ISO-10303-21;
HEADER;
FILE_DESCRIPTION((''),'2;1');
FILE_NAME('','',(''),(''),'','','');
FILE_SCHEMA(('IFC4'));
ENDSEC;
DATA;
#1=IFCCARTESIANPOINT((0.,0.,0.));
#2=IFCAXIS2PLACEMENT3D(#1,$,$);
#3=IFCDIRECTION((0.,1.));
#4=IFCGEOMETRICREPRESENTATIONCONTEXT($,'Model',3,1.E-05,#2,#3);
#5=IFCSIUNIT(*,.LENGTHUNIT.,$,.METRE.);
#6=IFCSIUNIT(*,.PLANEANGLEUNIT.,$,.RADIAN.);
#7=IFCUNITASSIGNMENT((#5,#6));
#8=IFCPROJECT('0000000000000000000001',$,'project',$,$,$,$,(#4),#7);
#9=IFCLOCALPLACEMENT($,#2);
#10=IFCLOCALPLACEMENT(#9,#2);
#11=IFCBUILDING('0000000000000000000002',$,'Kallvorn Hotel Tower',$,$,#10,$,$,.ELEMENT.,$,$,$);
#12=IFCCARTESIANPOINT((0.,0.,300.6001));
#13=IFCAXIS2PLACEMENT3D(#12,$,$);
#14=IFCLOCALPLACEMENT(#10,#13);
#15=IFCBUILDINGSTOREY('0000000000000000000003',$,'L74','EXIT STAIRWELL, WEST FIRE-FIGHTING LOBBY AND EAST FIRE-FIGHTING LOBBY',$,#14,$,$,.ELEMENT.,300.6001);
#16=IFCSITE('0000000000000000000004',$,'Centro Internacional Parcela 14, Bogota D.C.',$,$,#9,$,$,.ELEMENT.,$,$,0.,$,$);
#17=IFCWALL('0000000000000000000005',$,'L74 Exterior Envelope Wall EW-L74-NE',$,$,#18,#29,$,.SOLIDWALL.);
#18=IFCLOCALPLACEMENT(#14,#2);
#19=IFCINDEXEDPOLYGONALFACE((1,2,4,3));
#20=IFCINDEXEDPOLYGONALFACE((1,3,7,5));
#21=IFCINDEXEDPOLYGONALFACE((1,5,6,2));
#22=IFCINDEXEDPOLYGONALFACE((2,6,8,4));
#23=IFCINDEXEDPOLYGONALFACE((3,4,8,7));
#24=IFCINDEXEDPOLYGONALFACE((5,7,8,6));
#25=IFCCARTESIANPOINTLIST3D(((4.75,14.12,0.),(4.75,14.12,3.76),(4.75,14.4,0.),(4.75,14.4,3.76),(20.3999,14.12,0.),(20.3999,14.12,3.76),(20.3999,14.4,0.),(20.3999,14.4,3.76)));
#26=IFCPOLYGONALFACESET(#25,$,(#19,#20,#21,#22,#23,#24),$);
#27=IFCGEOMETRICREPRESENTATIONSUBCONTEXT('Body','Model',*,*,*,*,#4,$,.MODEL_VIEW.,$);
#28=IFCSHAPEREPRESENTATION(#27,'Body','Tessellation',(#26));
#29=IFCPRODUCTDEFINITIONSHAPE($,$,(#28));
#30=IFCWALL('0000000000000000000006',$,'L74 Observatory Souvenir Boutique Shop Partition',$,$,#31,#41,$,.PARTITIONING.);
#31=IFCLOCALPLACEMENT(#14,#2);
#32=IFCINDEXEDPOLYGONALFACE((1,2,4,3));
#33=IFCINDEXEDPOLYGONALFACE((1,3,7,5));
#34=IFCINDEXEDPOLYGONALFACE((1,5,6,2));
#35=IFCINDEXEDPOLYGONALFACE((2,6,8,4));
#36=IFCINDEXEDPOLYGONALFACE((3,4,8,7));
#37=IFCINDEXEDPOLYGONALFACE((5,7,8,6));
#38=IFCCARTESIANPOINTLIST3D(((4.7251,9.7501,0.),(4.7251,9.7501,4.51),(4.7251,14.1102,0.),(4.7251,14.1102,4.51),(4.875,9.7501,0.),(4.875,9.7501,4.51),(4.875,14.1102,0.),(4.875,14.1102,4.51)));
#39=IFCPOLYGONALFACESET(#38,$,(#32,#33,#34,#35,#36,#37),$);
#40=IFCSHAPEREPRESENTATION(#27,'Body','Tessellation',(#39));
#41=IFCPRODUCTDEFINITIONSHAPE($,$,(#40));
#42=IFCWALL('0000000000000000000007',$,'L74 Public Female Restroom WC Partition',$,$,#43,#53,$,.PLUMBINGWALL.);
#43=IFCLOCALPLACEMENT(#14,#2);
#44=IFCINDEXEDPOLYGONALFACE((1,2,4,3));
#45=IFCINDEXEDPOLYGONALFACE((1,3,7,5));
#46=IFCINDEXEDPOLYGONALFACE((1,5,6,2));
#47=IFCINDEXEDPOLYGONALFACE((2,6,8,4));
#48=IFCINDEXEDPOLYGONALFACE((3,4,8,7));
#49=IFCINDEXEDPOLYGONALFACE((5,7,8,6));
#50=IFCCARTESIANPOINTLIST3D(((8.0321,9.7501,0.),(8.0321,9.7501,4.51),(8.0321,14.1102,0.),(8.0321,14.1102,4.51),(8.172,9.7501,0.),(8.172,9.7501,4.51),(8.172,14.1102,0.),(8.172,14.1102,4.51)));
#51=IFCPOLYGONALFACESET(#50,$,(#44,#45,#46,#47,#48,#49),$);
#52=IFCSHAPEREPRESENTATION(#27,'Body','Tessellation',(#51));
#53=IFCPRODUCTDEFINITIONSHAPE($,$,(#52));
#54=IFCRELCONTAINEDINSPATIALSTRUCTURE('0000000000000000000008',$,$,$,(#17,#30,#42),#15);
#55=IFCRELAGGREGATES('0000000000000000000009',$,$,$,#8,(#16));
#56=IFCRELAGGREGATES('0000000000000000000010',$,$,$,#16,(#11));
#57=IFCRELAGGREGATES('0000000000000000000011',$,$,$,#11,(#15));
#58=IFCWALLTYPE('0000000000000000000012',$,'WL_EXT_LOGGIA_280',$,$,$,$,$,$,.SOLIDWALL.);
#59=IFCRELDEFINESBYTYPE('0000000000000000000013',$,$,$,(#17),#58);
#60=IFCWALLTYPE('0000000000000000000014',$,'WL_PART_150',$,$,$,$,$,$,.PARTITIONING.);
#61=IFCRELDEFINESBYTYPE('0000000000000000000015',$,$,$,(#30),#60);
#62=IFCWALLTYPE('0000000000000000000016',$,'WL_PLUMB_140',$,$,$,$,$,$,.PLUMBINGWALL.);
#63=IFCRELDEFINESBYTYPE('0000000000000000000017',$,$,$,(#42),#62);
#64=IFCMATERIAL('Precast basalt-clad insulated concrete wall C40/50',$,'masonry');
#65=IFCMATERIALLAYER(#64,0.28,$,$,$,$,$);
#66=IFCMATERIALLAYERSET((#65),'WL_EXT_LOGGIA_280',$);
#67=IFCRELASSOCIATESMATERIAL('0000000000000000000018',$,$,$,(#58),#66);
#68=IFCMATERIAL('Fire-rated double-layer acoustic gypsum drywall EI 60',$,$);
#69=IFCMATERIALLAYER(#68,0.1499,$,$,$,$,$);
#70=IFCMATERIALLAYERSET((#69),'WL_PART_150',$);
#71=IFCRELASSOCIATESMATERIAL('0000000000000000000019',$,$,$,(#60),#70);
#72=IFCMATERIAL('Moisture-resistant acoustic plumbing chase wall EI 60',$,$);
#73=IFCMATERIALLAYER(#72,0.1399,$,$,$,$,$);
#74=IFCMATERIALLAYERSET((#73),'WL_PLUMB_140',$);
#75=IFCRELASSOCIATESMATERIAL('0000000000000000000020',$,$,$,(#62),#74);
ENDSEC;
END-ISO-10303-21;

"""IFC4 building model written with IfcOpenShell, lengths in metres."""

from ifc_helpers import new_model, si_unit, direction, frame, frame_2d, origin, place, context, subcontext, project, spatial, rectangle, extrude, material, layer, layer_set, type_object, element, save


model = new_model("IFC4")

# Units and contexts
model_context = context("Model", 3, precision=1e-05, world=origin(), true_north=direction((0.0, 1.0)))
body_context = subcontext(model_context, "Body", "Model", "MODEL_VIEW")
ifc_project = project(units=[si_unit("LENGTHUNIT", "METRE"), si_unit("PLANEANGLEUNIT", "RADIAN")], contexts=[model_context])

# Site, building, storey
site_placement = place(None, origin())
site = spatial("IfcSite", under=ifc_project, at=site_placement, Name="Centro Internacional Parcela 14, Bogota D.C.", CompositionType="ELEMENT", RefElevation=0.0)
building_placement = place(site_placement, origin())
building = spatial("IfcBuilding", under=site, at=building_placement, Name="Kallvorn Hotel Tower", CompositionType="ELEMENT")
storey_placement = place(building_placement, frame((0.0, 0.0, 300.6001)))
storey = spatial("IfcBuildingStorey", under=building, at=storey_placement, Name="L74", Description="EXIT STAIRWELL, WEST FIRE-FIGHTING LOBBY AND EAST FIRE-FIGHTING LOBBY", CompositionType="ELEMENT", Elevation=300.6001)

# Walls
ifc_material_1 = material(Name="Precast basalt-clad insulated concrete wall C40/50", Category="masonry")
ifc_layer_1 = layer(ifc_material_1, 0.28)
ifc_layer_set_1 = layer_set([ifc_layer_1], Name="WL_EXT_LOGGIA_280")
wall_type_1 = type_object("IfcWallType", Name="WL_EXT_LOGGIA_280", PredefinedType="SOLIDWALL", material=ifc_layer_set_1)
wall_1_placement = place(storey_placement, frame((4.75, 14.26, 0.0), z_axis=(0.0, 0.0, 1.0), x_axis=(1.0, 0.0, 0.0)))
element("IfcWall", 1, at=wall_1_placement, inside=storey, type_object=wall_type_1, Name="L74 Exterior Envelope Wall EW-L74-NE", PredefinedType="SOLIDWALL", context=body_context, shape_type="SweptSolid", body=[
    extrude(rectangle(XDim=15.6499, YDim=0.28, at=frame_2d((7.825, 0.0))), origin(), (0.0, 0.0, 1.0), 3.76),
])
ifc_material_2 = material(Name="Fire-rated double-layer acoustic gypsum drywall EI 60")
ifc_layer_2 = layer(ifc_material_2, 0.1499)
ifc_layer_set_2 = layer_set([ifc_layer_2], Name="WL_PART_150")
wall_type_2 = type_object("IfcWallType", Name="WL_PART_150", PredefinedType="PARTITIONING", material=ifc_layer_set_2)
wall_2_placement = place(storey_placement, frame((4.8, 9.75, 0.0), z_axis=(0.0, 0.0, 1.0), x_axis=(0.0, 1.0, 0.0)))
element("IfcWall", 2, at=wall_2_placement, inside=storey, type_object=wall_type_2, Name="L74 Observatory Souvenir Boutique Shop Partition", PredefinedType="PARTITIONING", context=body_context, shape_type="SweptSolid", body=[
    extrude(rectangle(XDim=4.3601, YDim=0.1499, at=frame_2d((2.1802, 0.0))), origin(), (0.0, 0.0, 1.0), 4.51),
])
ifc_material_3 = material(Name="Moisture-resistant acoustic plumbing chase wall EI 60")
ifc_layer_3 = layer(ifc_material_3, 0.1399)
ifc_layer_set_3 = layer_set([ifc_layer_3], Name="WL_PLUMB_140")
wall_type_3 = type_object("IfcWallType", Name="WL_PLUMB_140", PredefinedType="PLUMBINGWALL", material=ifc_layer_set_3)
wall_3_placement = place(storey_placement, frame((8.1021, 9.75, 0.0), z_axis=(0.0, 0.0, 1.0), x_axis=(0.0, 1.0, 0.0)))
element("IfcWall", 3, at=wall_3_placement, inside=storey, type_object=wall_type_3, Name="L74 Public Female Restroom WC Partition", PredefinedType="PLUMBINGWALL", context=body_context, shape_type="SweptSolid", body=[
    extrude(rectangle(XDim=4.3601, YDim=0.1399, at=frame_2d((2.1802, 0.0))), origin(), (0.0, 0.0, 1.0), 4.51),
])

save(model, "model.ifc")
